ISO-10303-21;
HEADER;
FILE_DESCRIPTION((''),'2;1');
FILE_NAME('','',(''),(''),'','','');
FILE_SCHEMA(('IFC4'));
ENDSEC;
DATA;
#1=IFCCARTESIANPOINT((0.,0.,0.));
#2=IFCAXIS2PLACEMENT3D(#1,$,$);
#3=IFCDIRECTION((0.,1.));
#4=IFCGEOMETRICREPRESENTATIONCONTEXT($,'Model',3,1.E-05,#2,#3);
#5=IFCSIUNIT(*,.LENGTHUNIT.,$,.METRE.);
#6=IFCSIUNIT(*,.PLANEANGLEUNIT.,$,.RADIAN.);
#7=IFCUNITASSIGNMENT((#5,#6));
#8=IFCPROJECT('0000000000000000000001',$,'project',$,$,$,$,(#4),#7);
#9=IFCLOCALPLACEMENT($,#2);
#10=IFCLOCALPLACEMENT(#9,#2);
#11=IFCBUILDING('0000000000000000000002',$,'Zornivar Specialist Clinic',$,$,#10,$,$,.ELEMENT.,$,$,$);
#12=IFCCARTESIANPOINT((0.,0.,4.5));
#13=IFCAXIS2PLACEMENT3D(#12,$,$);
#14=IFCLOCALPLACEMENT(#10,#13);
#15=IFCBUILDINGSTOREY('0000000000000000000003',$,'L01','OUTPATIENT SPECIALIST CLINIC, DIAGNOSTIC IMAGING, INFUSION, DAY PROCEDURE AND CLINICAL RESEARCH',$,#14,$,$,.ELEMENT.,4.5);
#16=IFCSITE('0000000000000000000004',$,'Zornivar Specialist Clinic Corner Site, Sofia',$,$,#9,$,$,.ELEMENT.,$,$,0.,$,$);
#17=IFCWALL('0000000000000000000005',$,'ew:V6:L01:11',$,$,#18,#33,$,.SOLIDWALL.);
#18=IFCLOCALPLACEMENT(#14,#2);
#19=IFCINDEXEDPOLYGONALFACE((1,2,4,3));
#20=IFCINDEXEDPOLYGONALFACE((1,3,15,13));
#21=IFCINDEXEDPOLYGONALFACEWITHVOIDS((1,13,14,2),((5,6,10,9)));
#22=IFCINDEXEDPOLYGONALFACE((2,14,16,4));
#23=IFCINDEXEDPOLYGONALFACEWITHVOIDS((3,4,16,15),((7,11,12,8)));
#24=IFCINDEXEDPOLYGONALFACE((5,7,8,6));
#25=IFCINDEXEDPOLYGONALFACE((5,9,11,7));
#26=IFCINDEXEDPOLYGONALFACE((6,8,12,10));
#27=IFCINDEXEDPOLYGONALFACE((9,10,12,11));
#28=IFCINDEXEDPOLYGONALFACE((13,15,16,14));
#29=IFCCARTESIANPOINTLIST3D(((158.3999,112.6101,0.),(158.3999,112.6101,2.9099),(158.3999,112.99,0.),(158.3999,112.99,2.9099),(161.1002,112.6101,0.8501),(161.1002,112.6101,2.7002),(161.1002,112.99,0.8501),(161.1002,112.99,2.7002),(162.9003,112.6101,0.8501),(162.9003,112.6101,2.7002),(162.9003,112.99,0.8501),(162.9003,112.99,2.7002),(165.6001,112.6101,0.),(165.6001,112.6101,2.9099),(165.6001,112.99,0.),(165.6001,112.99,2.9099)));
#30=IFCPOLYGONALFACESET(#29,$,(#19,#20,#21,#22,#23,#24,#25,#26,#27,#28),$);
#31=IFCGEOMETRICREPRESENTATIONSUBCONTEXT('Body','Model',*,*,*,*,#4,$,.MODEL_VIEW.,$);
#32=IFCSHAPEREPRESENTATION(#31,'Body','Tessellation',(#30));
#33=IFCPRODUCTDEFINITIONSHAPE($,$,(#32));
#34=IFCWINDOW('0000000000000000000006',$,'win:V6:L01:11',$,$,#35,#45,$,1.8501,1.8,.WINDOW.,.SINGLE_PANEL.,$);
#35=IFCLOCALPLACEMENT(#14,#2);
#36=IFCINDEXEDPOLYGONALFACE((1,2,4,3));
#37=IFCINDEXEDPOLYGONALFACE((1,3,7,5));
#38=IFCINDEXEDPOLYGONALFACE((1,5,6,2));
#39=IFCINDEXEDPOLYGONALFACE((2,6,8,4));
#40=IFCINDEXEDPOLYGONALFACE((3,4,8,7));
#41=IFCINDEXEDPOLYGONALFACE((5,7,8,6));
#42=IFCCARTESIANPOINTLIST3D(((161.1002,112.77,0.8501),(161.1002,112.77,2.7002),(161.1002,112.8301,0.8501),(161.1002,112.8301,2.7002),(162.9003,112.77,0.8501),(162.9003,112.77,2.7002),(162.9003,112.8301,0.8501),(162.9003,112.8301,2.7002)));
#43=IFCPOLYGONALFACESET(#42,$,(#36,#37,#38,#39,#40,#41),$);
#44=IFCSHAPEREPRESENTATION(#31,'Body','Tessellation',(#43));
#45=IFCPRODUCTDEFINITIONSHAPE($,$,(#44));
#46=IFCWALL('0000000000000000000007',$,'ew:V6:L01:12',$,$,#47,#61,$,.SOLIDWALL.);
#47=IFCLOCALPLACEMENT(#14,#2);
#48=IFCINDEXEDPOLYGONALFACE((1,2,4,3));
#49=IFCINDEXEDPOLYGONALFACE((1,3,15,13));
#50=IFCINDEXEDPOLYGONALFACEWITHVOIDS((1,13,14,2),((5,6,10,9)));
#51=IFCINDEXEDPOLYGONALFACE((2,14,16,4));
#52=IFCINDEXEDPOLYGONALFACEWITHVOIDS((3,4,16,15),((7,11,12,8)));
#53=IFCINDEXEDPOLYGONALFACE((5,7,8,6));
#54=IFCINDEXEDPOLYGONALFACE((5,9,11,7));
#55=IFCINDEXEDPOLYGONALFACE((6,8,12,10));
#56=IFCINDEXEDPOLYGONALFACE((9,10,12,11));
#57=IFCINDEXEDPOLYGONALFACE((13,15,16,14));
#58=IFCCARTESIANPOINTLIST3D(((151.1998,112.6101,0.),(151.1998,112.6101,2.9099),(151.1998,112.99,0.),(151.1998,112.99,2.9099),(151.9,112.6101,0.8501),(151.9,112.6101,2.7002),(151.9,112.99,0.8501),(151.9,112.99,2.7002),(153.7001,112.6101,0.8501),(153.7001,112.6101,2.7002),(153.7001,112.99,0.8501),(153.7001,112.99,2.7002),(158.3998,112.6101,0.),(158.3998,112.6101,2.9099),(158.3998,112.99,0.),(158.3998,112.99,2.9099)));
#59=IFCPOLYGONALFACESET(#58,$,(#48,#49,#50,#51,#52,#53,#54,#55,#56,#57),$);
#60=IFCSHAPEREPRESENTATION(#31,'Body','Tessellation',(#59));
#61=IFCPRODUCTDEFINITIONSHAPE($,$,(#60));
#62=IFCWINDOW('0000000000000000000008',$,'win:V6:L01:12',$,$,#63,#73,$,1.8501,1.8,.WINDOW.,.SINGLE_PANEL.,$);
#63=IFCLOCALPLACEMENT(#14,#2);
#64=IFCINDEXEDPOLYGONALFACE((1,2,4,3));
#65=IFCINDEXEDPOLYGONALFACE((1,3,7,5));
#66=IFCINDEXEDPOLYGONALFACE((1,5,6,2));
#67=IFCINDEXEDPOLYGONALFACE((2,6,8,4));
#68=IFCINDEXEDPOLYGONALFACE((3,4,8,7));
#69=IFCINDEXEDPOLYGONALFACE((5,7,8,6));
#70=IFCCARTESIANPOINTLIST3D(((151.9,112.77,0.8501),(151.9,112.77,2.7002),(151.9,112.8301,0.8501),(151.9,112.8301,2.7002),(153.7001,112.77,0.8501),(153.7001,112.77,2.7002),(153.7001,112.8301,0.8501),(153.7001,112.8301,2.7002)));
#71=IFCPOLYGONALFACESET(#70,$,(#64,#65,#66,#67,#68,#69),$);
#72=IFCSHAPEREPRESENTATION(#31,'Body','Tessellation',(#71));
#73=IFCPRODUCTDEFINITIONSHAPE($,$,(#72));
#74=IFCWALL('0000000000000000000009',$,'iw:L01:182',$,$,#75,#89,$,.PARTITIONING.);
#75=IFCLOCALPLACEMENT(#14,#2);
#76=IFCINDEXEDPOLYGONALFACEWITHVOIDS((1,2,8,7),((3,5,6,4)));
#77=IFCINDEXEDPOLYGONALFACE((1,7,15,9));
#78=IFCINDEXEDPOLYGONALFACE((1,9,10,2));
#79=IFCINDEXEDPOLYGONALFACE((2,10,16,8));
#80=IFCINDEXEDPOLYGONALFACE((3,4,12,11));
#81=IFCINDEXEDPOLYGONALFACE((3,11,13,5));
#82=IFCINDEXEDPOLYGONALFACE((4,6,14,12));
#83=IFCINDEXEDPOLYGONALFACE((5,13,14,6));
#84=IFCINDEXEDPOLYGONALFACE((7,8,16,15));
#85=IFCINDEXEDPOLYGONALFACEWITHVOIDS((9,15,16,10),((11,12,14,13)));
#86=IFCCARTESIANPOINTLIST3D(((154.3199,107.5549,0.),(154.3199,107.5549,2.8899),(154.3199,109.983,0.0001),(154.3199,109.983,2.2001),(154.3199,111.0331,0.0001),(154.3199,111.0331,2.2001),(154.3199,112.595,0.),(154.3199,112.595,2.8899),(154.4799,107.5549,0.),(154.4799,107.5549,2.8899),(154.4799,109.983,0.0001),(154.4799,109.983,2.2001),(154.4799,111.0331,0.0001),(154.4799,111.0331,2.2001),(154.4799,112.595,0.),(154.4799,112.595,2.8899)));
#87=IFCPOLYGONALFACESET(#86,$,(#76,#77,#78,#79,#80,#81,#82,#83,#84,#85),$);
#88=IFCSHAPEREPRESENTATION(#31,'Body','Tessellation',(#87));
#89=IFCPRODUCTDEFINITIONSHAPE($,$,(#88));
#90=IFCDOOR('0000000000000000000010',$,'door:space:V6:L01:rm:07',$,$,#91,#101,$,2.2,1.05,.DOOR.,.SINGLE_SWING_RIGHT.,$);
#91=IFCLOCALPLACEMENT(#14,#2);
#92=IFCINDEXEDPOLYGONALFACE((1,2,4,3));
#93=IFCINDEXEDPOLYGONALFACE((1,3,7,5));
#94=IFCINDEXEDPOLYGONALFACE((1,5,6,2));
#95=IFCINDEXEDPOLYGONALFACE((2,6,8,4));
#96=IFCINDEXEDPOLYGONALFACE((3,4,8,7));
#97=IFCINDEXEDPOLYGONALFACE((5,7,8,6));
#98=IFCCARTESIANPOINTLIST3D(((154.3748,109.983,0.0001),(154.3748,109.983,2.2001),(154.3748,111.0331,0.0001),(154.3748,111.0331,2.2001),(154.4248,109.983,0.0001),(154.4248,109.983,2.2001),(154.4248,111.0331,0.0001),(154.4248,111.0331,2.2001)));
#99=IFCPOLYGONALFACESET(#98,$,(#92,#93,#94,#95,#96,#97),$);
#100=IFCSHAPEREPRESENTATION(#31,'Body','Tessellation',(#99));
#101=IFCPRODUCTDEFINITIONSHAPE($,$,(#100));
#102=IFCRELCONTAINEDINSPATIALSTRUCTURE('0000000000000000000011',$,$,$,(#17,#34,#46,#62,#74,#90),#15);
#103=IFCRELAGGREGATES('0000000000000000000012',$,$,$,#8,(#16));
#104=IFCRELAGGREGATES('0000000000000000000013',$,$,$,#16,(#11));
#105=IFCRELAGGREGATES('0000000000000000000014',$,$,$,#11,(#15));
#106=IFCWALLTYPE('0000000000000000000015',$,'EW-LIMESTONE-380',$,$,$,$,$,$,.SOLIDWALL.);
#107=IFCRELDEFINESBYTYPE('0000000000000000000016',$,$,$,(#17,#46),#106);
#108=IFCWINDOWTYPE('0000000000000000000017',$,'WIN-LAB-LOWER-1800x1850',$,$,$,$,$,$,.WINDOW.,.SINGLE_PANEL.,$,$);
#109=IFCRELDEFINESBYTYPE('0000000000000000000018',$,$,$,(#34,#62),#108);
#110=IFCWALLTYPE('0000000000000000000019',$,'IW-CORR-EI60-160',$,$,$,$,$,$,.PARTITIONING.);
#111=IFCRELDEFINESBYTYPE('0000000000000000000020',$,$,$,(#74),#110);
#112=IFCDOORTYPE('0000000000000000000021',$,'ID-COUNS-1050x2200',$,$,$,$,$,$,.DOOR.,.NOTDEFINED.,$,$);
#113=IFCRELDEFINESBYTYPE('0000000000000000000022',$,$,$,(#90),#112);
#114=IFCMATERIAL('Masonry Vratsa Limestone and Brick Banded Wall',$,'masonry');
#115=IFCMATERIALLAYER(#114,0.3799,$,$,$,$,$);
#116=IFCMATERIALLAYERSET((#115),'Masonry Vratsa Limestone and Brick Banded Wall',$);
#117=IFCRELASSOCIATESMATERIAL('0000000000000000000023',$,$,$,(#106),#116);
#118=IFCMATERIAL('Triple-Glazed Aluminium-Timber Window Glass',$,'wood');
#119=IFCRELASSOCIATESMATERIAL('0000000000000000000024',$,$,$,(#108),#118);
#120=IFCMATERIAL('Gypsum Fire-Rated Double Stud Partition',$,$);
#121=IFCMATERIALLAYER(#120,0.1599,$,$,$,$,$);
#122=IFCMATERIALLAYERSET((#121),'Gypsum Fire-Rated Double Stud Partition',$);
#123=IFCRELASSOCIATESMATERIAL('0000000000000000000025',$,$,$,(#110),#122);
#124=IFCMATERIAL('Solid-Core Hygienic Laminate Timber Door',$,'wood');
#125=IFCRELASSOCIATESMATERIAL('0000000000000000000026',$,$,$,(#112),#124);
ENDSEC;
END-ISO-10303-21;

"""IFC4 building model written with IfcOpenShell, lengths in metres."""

from ifc_helpers import new_model, si_unit, direction, frame, frame_2d, origin, place, context, subcontext, project, spatial, rectangle, extrude, material, layer, layer_set, type_object, element, fill, save


model = new_model("IFC4")

# Units and contexts
model_context = context("Model", 3, precision=1e-05, world=origin(), true_north=direction((0.0, 1.0)))
body_context = subcontext(model_context, "Body", "Model", "MODEL_VIEW")
ifc_project = project(units=[si_unit("LENGTHUNIT", "METRE"), si_unit("PLANEANGLEUNIT", "RADIAN")], contexts=[model_context])

# Site, building, storey
site_placement = place(None, origin())
site = spatial("IfcSite", under=ifc_project, at=site_placement, Name="Zornivar Specialist Clinic Corner Site, Sofia", CompositionType="ELEMENT", RefElevation=0.0)
building_placement = place(site_placement, origin())
building = spatial("IfcBuilding", under=site, at=building_placement, Name="Zornivar Specialist Clinic", CompositionType="ELEMENT")
storey_placement = place(building_placement, frame((0.0, 0.0, 4.5)))
storey = spatial("IfcBuildingStorey", under=building, at=storey_placement, Name="L01", Description="OUTPATIENT SPECIALIST CLINIC, DIAGNOSTIC IMAGING, INFUSION, DAY PROCEDURE AND CLINICAL RESEARCH", CompositionType="ELEMENT", Elevation=4.5)

# Walls, openings, windows
ifc_material_1 = material(Name="Masonry Vratsa Limestone and Brick Banded Wall", Category="masonry")
ifc_layer_1 = layer(ifc_material_1, 0.3799)
ifc_layer_set_1 = layer_set([ifc_layer_1], Name="Masonry Vratsa Limestone and Brick Banded Wall")
wall_type_1 = type_object("IfcWallType", Name="EW-LIMESTONE-380", PredefinedType="SOLIDWALL", material=ifc_layer_set_1)
wall_1_placement = place(storey_placement, frame((165.6001, 112.8, 0.0), z_axis=(0.0, 0.0, 1.0), x_axis=(-1.0, 0.0, 0.0)))
wall_1 = element("IfcWall", 1, at=wall_1_placement, inside=storey, type_object=wall_type_1, Name="ew:V6:L01:11", PredefinedType="SOLIDWALL", context=body_context, shape_type="SweptSolid", body=[
    extrude(rectangle(XDim=7.2002, YDim=0.3799, at=frame_2d((3.6001, 0.0))), origin(), (0.0, 0.0, 1.0), 2.9099),
])
opening_1_placement = place(wall_1_placement, frame((2.7, 0.0, 0.8501)))
opening_1 = element("IfcOpeningElement", 2, at=opening_1_placement, cuts=wall_1, PredefinedType="OPENING", context=body_context, shape_type="SweptSolid", body=[
    extrude(rectangle(XDim=1.8, YDim=1.8501, at=frame_2d((0.8999, 0.925))), frame((0.0, 0.2, 0.0), z_axis=(0.0, -1.0, 0.0), x_axis=(1.0, 0.0, 0.0)), (0.0, 0.0, 1.0), 0.3999),
])
ifc_material_2 = material(Name="Triple-Glazed Aluminium-Timber Window Glass", Category="wood")
window_type = type_object("IfcWindowType", Name="WIN-LAB-LOWER-1800x1850", PartitioningType="SINGLE_PANEL", PredefinedType="WINDOW", material=ifc_material_2)
window_1_placement = place(opening_1_placement, origin())
window_1 = element("IfcWindow", 3, at=window_1_placement, inside=storey, type_object=window_type, Name="win:V6:L01:11", OverallHeight=1.8501, OverallWidth=1.8, PartitioningType="SINGLE_PANEL", PredefinedType="WINDOW", context=body_context, shape_type="SweptSolid", body=[
    extrude(rectangle(XDim=1.8, YDim=1.8501, at=frame_2d((0.8999, 0.925))), frame((0.0, 0.03, 0.0), z_axis=(0.0, -1.0, 0.0), x_axis=(1.0, 0.0, 0.0)), (0.0, 0.0, 1.0), 0.0601),
])
fill(opening_1, window_1)
wall_2_placement = place(storey_placement, frame((158.3999, 112.8, 0.0), z_axis=(0.0, 0.0, 1.0), x_axis=(-1.0, 0.0, 0.0)))
wall_2 = element("IfcWall", 4, at=wall_2_placement, inside=storey, type_object=wall_type_1, Name="ew:V6:L01:12", PredefinedType="SOLIDWALL", context=body_context, shape_type="SweptSolid", body=[
    extrude(rectangle(XDim=7.2, YDim=0.3799, at=frame_2d((3.6001, 0.0))), origin(), (0.0, 0.0, 1.0), 2.9099),
])
opening_2_placement = place(wall_2_placement, frame((4.7, 0.0, 0.8501)))
opening_2 = element("IfcOpeningElement", 5, at=opening_2_placement, cuts=wall_2, PredefinedType="OPENING", context=body_context, shape_type="SweptSolid", body=[
    extrude(rectangle(XDim=1.8, YDim=1.8501, at=frame_2d((0.8999, 0.925))), frame((0.0, 0.2, 0.0), z_axis=(0.0, -1.0, 0.0), x_axis=(1.0, 0.0, 0.0)), (0.0, 0.0, 1.0), 0.3999),
])
window_2_placement = place(opening_2_placement, origin())
window_2 = element("IfcWindow", 6, at=window_2_placement, inside=storey, type_object=window_type, Name="win:V6:L01:12", OverallHeight=1.8501, OverallWidth=1.8, PartitioningType="SINGLE_PANEL", PredefinedType="WINDOW", context=body_context, shape_type="SweptSolid", body=[
    extrude(rectangle(XDim=1.8, YDim=1.8501, at=frame_2d((0.8999, 0.925))), frame((0.0, 0.03, 0.0), z_axis=(0.0, -1.0, 0.0), x_axis=(1.0, 0.0, 0.0)), (0.0, 0.0, 1.0), 0.0601),
])
fill(opening_2, window_2)

# Wall, opening, door
ifc_material_3 = material(Name="Gypsum Fire-Rated Double Stud Partition")
ifc_layer_2 = layer(ifc_material_3, 0.1599)
ifc_layer_set_2 = layer_set([ifc_layer_2], Name="Gypsum Fire-Rated Double Stud Partition")
wall_type_2 = type_object("IfcWallType", Name="IW-CORR-EI60-160", PredefinedType="PARTITIONING", material=ifc_layer_set_2)
wall_3_placement = place(storey_placement, frame((154.3999, 112.595, 0.0), z_axis=(0.0, 0.0, 1.0), x_axis=(0.0, -1.0, 0.0)))
wall_3 = element("IfcWall", 7, at=wall_3_placement, inside=storey, type_object=wall_type_2, Name="iw:L01:182", PredefinedType="PARTITIONING", context=body_context, shape_type="SweptSolid", body=[
    extrude(rectangle(XDim=5.04, YDim=0.1599, at=frame_2d((2.52, 0.0))), origin(), (0.0, 0.0, 1.0), 2.8899),
])
opening_3_placement = place(wall_3_placement, frame((1.562, 0.0, 0.0)))
opening_3 = element("IfcOpeningElement", 8, at=opening_3_placement, cuts=wall_3, PredefinedType="OPENING", context=body_context, shape_type="SweptSolid", body=[
    extrude(rectangle(XDim=1.05, YDim=2.2, at=frame_2d((0.5249, 1.1001))), frame((0.0, 0.0898, 0.0), z_axis=(0.0, -1.0, 0.0), x_axis=(1.0, 0.0, 0.0)), (0.0, 0.0, 1.0), 0.1799),
])
ifc_material_4 = material(Name="Solid-Core Hygienic Laminate Timber Door", Category="wood")
door_type = type_object("IfcDoorType", Name="ID-COUNS-1050x2200", OperationType="NOTDEFINED", PredefinedType="DOOR", material=ifc_material_4)
door_placement = place(opening_3_placement, origin())
door = element("IfcDoor", 9, at=door_placement, inside=storey, type_object=door_type, Name="door:space:V6:L01:rm:07", OperationType="SINGLE_SWING_RIGHT", OverallHeight=2.2, OverallWidth=1.05, PredefinedType="DOOR", context=body_context, shape_type="SweptSolid", body=[
    extrude(rectangle(XDim=1.05, YDim=2.2, at=frame_2d((0.5249, 1.1001))), frame((0.0, 0.0249, 0.0), z_axis=(0.0, -1.0, 0.0), x_axis=(1.0, 0.0, 0.0)), (0.0, 0.0, 1.0), 0.05),
])
fill(opening_3, door)

save(model, "model.ifc")
